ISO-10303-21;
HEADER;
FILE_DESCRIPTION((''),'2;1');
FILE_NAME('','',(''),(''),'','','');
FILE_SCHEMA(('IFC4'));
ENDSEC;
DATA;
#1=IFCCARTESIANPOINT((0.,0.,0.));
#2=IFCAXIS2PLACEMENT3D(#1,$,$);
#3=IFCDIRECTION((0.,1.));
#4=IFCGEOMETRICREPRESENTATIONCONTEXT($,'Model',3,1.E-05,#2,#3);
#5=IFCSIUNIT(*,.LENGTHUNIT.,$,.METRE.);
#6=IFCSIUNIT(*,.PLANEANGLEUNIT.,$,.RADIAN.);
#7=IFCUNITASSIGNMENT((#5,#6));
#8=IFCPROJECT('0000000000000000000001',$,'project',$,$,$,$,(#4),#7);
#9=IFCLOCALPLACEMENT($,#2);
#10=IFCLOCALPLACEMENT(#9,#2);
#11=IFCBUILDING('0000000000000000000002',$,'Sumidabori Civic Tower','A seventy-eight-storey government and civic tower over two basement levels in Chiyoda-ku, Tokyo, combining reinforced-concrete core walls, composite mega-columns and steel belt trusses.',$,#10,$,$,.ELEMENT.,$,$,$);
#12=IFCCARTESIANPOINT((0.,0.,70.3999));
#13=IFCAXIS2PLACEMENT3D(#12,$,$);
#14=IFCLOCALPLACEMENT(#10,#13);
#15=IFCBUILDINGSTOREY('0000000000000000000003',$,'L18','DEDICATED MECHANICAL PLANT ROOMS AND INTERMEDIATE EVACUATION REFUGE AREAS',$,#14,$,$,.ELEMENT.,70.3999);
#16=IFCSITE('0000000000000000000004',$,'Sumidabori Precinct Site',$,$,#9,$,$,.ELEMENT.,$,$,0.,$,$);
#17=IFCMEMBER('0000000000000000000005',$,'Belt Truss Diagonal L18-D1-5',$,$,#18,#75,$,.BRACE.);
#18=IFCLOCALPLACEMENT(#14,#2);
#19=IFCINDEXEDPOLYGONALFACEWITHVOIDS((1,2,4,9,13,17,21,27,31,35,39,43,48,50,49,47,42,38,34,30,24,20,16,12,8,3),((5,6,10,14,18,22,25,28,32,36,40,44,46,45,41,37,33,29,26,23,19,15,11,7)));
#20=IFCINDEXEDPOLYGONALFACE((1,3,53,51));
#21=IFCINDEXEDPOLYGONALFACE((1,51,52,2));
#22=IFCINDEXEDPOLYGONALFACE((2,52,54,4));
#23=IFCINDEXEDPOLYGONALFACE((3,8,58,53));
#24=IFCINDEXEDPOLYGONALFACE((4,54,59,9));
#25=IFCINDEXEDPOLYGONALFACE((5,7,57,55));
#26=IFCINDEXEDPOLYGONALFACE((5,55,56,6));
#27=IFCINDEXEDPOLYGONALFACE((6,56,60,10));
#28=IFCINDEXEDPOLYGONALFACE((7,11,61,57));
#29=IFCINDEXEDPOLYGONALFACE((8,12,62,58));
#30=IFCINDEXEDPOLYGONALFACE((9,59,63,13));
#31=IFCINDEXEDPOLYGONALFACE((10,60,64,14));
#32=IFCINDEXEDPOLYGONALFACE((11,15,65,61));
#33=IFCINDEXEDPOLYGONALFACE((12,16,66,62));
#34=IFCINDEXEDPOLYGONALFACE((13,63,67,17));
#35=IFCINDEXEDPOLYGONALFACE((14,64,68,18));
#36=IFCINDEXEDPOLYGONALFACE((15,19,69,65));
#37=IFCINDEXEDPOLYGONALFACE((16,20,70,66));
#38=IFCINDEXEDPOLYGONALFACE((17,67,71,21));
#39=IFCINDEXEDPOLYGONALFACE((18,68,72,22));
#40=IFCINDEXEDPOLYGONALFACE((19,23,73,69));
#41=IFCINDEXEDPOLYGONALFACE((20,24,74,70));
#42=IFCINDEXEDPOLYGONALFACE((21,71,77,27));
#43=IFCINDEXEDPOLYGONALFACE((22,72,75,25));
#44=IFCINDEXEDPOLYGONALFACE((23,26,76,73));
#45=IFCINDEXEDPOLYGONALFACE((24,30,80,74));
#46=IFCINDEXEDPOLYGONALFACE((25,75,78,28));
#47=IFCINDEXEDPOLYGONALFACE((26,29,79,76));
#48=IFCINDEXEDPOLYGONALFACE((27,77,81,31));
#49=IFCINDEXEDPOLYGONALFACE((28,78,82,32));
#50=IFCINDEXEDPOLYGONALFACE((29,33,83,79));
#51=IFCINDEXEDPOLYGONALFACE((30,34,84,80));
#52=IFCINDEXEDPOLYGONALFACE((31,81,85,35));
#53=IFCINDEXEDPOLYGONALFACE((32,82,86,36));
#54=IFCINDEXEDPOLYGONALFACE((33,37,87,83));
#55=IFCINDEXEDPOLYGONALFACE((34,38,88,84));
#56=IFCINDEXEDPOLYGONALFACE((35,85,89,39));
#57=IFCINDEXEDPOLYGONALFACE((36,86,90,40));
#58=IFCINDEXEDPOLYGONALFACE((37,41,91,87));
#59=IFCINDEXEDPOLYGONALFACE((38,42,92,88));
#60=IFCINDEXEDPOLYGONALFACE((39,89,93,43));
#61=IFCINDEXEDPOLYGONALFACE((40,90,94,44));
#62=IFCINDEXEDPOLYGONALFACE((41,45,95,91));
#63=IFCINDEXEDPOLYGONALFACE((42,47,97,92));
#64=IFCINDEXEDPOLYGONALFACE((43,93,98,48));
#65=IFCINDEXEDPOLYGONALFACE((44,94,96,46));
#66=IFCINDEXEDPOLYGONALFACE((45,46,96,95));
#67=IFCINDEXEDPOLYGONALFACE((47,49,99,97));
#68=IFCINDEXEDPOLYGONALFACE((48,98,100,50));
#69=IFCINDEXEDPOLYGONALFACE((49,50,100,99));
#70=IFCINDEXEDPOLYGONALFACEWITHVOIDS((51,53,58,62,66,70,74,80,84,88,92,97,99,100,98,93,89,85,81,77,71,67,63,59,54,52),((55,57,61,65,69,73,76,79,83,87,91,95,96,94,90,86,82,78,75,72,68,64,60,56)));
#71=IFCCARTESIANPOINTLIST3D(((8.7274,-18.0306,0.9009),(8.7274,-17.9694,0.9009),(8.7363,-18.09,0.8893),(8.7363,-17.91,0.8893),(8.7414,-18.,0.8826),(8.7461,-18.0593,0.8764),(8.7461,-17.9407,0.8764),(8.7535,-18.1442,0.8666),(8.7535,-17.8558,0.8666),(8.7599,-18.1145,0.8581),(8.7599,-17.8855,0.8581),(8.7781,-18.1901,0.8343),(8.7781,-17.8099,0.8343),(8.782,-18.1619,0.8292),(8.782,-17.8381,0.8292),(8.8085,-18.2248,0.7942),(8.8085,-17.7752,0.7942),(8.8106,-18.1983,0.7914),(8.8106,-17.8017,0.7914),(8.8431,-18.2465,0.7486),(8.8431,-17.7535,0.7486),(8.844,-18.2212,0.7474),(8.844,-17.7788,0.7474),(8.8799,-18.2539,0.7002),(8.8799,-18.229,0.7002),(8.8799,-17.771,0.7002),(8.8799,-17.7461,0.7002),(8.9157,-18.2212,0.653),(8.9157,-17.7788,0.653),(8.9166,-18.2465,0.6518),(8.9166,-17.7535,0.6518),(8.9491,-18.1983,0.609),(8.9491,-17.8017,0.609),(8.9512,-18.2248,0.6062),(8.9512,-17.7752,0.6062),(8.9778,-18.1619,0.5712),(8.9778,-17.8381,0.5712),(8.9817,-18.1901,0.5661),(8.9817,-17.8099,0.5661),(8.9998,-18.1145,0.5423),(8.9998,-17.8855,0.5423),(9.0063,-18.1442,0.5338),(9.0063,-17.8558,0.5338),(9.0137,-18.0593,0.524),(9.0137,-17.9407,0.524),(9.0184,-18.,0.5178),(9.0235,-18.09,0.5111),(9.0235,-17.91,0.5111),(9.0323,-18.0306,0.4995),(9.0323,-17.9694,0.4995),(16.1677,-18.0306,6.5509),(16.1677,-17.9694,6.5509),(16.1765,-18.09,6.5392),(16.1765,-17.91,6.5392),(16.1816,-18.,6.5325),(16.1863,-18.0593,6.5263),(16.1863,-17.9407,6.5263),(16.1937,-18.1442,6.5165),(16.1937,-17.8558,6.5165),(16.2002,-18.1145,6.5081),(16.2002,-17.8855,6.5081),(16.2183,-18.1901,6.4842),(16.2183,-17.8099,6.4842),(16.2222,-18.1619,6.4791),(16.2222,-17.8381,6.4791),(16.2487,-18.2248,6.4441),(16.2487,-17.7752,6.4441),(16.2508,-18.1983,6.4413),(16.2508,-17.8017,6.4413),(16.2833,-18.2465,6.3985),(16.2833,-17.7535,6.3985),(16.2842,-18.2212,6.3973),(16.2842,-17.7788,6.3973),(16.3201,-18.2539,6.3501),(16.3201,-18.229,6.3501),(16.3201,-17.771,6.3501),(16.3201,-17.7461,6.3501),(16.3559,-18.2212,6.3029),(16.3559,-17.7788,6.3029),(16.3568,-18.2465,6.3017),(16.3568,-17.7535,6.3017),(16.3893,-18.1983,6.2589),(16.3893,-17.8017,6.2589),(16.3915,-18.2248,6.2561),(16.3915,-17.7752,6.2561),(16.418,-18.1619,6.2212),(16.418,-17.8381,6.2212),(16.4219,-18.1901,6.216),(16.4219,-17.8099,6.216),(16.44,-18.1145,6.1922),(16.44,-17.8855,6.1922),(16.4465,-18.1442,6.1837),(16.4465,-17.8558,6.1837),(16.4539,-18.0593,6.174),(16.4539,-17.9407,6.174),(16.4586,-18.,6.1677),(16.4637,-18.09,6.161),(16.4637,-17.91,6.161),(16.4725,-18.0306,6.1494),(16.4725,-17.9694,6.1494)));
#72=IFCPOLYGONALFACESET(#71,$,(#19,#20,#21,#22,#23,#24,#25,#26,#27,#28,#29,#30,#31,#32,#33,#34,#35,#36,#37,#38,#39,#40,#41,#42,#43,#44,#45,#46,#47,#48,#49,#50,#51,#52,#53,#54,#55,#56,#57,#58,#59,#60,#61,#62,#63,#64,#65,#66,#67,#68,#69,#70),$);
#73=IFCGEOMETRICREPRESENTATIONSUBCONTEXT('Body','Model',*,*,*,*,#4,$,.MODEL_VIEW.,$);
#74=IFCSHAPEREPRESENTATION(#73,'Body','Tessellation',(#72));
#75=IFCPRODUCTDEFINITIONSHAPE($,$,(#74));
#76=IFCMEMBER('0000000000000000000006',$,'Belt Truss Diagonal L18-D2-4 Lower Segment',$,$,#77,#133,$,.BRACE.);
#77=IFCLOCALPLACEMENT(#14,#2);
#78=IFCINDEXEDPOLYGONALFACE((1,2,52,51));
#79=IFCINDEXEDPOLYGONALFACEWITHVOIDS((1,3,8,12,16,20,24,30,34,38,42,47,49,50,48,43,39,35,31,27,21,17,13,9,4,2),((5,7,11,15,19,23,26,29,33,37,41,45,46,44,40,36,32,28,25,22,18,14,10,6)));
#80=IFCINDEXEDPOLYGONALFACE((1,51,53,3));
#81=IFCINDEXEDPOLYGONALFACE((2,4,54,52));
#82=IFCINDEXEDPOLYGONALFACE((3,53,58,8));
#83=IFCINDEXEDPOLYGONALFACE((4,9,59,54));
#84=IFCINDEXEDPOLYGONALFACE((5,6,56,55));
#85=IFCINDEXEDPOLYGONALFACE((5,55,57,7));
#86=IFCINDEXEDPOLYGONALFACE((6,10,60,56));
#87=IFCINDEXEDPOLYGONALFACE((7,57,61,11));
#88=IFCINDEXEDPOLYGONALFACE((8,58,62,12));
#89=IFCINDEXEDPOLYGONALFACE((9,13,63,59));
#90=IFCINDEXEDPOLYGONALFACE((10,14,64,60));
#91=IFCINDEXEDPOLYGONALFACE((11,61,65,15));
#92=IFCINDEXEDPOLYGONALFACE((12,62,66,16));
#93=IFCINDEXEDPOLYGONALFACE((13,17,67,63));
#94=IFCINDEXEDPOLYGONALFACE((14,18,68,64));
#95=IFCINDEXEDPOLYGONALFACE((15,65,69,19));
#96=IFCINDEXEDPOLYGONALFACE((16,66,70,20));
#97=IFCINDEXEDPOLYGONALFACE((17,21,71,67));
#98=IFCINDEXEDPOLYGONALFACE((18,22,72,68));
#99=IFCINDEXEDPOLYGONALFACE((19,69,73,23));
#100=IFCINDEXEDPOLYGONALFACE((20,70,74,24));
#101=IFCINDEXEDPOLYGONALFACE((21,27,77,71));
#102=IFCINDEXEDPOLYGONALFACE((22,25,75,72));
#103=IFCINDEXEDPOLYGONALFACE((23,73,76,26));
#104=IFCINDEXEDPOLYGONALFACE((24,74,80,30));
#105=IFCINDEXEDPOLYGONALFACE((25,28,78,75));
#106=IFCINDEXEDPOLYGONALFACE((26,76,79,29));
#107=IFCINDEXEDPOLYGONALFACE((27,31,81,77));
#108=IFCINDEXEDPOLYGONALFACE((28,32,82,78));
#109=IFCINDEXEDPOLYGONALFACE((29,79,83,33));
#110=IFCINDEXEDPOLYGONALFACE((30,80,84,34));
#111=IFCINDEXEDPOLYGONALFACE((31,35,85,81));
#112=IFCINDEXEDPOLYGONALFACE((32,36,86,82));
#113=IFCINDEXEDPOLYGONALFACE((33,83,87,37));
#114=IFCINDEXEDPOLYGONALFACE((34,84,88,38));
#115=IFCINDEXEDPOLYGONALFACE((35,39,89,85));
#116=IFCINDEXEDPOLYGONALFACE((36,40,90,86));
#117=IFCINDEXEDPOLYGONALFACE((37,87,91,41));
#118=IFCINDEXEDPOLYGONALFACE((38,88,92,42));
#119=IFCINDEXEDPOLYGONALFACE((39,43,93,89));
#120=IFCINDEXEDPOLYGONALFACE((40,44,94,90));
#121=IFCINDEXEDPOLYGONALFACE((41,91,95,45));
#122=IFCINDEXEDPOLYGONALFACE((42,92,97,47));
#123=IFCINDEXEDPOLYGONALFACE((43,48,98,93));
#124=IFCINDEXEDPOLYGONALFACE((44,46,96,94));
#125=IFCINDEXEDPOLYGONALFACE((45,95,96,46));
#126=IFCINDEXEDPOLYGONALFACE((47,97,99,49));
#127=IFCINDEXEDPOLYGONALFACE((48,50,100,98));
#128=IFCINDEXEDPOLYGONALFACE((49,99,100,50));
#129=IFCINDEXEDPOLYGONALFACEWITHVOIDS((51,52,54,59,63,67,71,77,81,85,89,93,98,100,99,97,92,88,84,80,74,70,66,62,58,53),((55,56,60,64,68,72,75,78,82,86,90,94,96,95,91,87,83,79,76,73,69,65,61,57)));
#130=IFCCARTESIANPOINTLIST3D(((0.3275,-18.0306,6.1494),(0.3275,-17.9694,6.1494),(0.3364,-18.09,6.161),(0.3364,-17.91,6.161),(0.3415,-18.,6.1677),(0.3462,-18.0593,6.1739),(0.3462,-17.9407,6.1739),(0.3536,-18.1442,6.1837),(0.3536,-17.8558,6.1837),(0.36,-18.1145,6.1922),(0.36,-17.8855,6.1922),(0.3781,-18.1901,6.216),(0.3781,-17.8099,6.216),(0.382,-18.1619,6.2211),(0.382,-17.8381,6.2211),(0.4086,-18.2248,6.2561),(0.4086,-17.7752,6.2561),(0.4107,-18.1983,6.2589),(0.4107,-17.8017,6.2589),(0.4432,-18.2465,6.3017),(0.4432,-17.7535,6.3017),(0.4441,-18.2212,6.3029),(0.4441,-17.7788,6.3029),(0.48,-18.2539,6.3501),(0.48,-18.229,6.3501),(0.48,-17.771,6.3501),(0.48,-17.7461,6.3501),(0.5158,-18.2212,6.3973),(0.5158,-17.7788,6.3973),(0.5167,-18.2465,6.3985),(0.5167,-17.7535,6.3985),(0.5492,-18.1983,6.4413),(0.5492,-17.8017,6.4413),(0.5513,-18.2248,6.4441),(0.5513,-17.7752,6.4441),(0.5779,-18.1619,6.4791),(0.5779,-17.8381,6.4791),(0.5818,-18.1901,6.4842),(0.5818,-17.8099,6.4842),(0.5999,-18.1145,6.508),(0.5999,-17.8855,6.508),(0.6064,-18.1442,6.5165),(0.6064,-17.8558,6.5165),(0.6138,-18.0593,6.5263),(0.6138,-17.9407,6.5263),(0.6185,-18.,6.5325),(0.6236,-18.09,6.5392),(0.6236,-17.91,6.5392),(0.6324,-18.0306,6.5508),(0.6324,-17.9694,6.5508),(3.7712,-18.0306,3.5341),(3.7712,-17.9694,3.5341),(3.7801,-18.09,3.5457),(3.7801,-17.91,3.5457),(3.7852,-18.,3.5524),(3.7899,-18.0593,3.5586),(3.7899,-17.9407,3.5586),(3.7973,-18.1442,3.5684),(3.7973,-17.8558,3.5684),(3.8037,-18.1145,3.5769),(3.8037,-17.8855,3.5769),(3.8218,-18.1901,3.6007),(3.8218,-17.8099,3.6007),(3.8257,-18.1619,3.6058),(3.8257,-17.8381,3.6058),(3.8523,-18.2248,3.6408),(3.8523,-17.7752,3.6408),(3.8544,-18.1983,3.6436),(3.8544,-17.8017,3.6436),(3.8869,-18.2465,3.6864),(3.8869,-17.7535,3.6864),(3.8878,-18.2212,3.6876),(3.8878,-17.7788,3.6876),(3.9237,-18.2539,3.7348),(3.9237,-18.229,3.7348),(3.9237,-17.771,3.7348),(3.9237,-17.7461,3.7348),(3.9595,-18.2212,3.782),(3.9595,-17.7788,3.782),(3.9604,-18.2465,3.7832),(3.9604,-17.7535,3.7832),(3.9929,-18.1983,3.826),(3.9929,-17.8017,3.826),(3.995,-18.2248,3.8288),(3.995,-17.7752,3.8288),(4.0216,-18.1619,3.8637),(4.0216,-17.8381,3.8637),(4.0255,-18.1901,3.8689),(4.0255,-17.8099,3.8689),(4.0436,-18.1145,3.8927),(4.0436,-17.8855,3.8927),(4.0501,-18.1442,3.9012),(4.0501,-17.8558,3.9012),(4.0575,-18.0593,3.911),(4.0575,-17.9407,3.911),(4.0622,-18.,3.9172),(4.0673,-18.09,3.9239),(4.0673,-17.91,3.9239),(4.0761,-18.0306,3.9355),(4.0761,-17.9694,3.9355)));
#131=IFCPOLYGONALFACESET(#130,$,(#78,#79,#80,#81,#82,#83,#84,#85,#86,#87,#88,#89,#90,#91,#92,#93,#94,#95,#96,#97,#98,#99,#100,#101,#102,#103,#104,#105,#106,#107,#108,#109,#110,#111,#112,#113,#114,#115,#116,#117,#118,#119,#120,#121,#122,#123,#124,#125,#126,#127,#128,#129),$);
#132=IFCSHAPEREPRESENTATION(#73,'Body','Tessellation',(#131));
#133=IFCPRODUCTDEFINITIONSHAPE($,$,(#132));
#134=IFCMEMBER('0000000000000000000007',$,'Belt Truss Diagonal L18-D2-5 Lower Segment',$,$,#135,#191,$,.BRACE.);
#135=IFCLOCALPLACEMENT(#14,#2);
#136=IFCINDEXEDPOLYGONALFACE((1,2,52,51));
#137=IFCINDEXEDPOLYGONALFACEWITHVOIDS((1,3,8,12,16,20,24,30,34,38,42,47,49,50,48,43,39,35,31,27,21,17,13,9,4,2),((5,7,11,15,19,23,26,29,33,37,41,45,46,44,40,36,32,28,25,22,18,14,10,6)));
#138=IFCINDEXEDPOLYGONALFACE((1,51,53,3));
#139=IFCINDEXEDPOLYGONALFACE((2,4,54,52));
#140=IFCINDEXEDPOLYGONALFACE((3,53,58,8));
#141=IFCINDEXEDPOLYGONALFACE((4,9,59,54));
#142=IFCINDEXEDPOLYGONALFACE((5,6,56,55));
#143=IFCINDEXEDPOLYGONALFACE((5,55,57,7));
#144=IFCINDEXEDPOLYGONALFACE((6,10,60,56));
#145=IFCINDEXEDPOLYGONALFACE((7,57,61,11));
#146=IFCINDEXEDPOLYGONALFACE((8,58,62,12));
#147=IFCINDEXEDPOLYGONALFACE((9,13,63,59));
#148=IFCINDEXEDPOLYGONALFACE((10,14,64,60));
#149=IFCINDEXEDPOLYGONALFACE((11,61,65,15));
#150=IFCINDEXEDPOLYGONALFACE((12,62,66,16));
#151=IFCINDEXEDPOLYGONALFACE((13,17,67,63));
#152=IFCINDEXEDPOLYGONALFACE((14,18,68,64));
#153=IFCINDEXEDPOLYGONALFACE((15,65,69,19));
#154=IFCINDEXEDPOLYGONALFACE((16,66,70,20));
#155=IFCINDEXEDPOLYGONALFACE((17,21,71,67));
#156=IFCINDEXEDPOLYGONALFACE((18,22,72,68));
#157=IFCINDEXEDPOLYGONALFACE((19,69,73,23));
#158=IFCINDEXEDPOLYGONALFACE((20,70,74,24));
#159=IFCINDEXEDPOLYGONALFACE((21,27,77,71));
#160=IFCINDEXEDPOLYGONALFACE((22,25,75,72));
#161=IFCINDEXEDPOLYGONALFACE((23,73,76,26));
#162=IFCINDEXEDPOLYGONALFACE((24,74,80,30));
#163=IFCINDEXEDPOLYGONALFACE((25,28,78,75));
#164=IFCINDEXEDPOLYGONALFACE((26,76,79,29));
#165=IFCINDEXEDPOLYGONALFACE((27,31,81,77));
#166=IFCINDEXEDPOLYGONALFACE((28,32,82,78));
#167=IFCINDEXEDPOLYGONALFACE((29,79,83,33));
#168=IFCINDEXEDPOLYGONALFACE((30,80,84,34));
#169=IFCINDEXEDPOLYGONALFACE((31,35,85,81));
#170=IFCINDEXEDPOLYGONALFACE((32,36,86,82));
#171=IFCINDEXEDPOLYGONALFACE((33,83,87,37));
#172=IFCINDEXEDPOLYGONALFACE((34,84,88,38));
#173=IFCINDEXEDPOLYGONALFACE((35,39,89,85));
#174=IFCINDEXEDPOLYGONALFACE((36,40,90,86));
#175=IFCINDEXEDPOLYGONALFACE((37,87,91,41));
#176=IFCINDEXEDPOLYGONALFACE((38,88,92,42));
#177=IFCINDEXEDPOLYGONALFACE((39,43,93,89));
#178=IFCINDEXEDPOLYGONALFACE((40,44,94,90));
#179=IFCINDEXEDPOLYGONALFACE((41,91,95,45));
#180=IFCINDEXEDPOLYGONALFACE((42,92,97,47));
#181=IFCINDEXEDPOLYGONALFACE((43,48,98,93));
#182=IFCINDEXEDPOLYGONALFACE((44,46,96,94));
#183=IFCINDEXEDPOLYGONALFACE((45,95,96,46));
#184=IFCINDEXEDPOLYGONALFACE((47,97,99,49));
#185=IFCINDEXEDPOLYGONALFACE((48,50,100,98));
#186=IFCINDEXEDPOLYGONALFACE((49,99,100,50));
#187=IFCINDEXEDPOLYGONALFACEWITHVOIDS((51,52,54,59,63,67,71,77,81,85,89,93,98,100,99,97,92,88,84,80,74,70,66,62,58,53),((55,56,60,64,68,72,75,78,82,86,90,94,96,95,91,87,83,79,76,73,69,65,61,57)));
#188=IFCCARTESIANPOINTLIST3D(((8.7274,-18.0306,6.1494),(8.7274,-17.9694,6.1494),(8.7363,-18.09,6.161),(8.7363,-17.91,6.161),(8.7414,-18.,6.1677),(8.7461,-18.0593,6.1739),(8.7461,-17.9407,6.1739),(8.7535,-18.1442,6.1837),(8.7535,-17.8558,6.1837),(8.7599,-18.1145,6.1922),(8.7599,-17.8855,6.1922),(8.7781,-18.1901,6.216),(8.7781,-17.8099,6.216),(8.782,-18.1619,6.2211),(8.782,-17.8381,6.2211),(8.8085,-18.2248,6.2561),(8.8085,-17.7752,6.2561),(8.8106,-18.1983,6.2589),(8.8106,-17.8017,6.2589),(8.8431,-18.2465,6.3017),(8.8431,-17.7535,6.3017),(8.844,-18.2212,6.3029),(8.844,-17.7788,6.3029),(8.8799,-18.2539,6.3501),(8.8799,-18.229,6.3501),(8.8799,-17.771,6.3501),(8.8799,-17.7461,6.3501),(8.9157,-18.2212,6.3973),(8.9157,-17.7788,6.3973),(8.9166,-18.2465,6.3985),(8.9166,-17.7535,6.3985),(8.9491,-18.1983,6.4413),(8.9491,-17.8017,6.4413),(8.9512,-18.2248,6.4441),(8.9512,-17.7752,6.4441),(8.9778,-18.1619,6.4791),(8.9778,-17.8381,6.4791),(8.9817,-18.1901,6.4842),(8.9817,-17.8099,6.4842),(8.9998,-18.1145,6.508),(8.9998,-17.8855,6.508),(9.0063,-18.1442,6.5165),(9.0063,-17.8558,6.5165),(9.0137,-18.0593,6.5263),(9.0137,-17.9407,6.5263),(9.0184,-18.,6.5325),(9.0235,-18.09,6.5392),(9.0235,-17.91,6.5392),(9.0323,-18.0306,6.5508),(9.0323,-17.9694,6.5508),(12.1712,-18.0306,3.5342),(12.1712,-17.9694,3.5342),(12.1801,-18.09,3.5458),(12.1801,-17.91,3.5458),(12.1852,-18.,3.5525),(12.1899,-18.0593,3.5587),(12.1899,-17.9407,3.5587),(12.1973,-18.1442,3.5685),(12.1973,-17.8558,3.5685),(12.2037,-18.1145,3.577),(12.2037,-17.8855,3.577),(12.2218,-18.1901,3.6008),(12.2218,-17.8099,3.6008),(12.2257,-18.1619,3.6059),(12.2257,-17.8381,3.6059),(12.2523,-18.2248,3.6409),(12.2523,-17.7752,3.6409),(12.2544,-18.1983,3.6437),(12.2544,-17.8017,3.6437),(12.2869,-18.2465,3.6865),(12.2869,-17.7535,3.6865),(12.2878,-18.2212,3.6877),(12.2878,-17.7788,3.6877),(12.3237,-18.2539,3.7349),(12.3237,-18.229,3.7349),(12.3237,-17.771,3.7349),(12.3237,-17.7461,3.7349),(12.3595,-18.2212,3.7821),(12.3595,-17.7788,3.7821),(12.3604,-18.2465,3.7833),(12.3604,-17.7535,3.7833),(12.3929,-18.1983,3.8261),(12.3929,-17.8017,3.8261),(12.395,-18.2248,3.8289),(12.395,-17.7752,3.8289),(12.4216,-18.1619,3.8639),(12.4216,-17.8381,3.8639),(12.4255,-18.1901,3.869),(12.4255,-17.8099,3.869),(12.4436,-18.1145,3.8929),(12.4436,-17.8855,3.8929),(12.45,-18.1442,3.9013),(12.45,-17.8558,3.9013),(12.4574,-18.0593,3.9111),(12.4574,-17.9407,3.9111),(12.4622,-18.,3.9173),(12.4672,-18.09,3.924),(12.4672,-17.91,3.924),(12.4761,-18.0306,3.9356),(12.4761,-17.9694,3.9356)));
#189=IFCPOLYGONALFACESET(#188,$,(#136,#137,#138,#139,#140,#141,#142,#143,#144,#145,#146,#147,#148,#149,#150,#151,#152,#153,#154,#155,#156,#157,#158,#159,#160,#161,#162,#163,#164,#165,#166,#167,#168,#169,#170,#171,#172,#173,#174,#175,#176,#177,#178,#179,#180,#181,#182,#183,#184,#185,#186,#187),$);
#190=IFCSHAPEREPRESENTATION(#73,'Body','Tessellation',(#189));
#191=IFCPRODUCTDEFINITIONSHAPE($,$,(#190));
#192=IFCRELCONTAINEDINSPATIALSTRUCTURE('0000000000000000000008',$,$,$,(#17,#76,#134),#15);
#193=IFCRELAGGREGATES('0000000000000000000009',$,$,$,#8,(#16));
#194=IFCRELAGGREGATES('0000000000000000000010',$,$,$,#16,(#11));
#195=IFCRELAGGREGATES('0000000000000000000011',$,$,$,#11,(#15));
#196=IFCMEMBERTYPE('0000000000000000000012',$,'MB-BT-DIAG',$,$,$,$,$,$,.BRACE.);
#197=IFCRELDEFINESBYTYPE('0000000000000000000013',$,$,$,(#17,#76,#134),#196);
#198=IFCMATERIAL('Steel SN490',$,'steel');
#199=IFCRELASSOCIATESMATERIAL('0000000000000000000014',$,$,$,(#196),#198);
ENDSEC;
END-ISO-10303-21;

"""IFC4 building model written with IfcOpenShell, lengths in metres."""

from ifc_helpers import new_model, si_unit, direction, frame, origin, origin_2d, place, context, subcontext, project, spatial, hollow_circle, extrude, source, transform, mapped, material, material_profile, profile_set, type_object, element, save


model = new_model("IFC4")

# Units and contexts
model_context = context("Model", 3, precision=1e-05, world=origin(), true_north=direction((0.0, 1.0)))
body_context = subcontext(model_context, "Body", "Model", "MODEL_VIEW")
ifc_project = project(units=[si_unit("LENGTHUNIT", "METRE"), si_unit("PLANEANGLEUNIT", "RADIAN")], contexts=[model_context])

# Site, building, storey
site_placement = place(None, origin())
site = spatial("IfcSite", under=ifc_project, at=site_placement, Name="Sumidabori Precinct Site", CompositionType="ELEMENT", RefElevation=0.0)
building_placement = place(site_placement, origin())
building = spatial("IfcBuilding", under=site, at=building_placement, Name="Sumidabori Civic Tower", Description="A seventy-eight-storey government and civic tower over two basement levels in Chiyoda-ku, Tokyo, combining reinforced-concrete core walls, composite mega-columns and steel belt trusses.", CompositionType="ELEMENT")
storey_placement = place(building_placement, frame((0.0, 0.0, 70.3999)))
storey = spatial("IfcBuildingStorey", under=building, at=storey_placement, Name="L18", Description="DEDICATED MECHANICAL PLANT ROOMS AND INTERMEDIATE EVACUATION REFUGE AREAS", CompositionType="ELEMENT", Elevation=70.3999)

# Shared definitions
ifc_material_1 = material(Name="Steel SN490", Category="steel")

# Members
ifc_material_profile_1 = material_profile(ifc_material_1, hollow_circle(Radius=0.2539, WallThickness=0.0249, at=origin_2d()), Name="CHS 508x25")
ifc_profile_set_1 = profile_set([ifc_material_profile_1], Name="Steel SN490")
member_type = type_object("IfcMemberType", Name="MB-BT-DIAG", PredefinedType="BRACE", material=ifc_profile_set_1)
shared_shape_1 = source(origin(), body_context, "Body", "SweptSolid", [
    extrude(hollow_circle(Radius=0.2539, WallThickness=0.0249, at=origin_2d()), origin(), (0.0, 0.0, 1.0), 9.3423),
])
member_1_placement = place(storey_placement, frame((8.8799, -18.0, 0.7002), z_axis=(0.796401, 0.0, 0.604768), x_axis=(0.0, 1.0, 0.0)))
element("IfcMember", 1, at=member_1_placement, inside=storey, type_object=member_type, Name="Belt Truss Diagonal L18-D1-5", PredefinedType="BRACE", context=body_context, shape_type="MappedRepresentation", body=[
    mapped(shared_shape_1, transform((0.0, 0.0, 0.0), x_axis=(1.0, 0.0, 0.0), y_axis=(0.0, 1.0, 0.0), z_axis=(0.0, 0.0, 1.0), scale=1.0)),
])
shared_shape_2 = source(origin(), body_context, "Body", "SweptSolid", [
    extrude(hollow_circle(Radius=0.2539, WallThickness=0.0249, at=origin_2d()), origin(), (0.0, 0.0, 1.0), 4.3242),
])
for number, where, z_axis, x_axis, name in (
    (2, (0.48, -18.0, 6.3501), (0.796374, 0.0, -0.604804), (0.0, 1.0, 0.0), "Belt Truss Diagonal L18-D2-4 Lower Segment"),
    (3, (8.8799, -18.0, 6.3501), (0.796395, 0.0, -0.604777), (0.0, 1.0, 0.0), "Belt Truss Diagonal L18-D2-5 Lower Segment"),
):
    element("IfcMember", number, at=place(storey_placement, frame(where, z_axis=z_axis, x_axis=x_axis)), inside=storey, type_object=member_type, Name=name, PredefinedType="BRACE", context=body_context, shape_type="MappedRepresentation", body=[
        mapped(shared_shape_2, transform((0.0, 0.0, 0.0), x_axis=(1.0, 0.0, 0.0), y_axis=(0.0, 1.0, 0.0), z_axis=(0.0, 0.0, 1.0), scale=1.0)),
    ])

save(model, "model.ifc")
